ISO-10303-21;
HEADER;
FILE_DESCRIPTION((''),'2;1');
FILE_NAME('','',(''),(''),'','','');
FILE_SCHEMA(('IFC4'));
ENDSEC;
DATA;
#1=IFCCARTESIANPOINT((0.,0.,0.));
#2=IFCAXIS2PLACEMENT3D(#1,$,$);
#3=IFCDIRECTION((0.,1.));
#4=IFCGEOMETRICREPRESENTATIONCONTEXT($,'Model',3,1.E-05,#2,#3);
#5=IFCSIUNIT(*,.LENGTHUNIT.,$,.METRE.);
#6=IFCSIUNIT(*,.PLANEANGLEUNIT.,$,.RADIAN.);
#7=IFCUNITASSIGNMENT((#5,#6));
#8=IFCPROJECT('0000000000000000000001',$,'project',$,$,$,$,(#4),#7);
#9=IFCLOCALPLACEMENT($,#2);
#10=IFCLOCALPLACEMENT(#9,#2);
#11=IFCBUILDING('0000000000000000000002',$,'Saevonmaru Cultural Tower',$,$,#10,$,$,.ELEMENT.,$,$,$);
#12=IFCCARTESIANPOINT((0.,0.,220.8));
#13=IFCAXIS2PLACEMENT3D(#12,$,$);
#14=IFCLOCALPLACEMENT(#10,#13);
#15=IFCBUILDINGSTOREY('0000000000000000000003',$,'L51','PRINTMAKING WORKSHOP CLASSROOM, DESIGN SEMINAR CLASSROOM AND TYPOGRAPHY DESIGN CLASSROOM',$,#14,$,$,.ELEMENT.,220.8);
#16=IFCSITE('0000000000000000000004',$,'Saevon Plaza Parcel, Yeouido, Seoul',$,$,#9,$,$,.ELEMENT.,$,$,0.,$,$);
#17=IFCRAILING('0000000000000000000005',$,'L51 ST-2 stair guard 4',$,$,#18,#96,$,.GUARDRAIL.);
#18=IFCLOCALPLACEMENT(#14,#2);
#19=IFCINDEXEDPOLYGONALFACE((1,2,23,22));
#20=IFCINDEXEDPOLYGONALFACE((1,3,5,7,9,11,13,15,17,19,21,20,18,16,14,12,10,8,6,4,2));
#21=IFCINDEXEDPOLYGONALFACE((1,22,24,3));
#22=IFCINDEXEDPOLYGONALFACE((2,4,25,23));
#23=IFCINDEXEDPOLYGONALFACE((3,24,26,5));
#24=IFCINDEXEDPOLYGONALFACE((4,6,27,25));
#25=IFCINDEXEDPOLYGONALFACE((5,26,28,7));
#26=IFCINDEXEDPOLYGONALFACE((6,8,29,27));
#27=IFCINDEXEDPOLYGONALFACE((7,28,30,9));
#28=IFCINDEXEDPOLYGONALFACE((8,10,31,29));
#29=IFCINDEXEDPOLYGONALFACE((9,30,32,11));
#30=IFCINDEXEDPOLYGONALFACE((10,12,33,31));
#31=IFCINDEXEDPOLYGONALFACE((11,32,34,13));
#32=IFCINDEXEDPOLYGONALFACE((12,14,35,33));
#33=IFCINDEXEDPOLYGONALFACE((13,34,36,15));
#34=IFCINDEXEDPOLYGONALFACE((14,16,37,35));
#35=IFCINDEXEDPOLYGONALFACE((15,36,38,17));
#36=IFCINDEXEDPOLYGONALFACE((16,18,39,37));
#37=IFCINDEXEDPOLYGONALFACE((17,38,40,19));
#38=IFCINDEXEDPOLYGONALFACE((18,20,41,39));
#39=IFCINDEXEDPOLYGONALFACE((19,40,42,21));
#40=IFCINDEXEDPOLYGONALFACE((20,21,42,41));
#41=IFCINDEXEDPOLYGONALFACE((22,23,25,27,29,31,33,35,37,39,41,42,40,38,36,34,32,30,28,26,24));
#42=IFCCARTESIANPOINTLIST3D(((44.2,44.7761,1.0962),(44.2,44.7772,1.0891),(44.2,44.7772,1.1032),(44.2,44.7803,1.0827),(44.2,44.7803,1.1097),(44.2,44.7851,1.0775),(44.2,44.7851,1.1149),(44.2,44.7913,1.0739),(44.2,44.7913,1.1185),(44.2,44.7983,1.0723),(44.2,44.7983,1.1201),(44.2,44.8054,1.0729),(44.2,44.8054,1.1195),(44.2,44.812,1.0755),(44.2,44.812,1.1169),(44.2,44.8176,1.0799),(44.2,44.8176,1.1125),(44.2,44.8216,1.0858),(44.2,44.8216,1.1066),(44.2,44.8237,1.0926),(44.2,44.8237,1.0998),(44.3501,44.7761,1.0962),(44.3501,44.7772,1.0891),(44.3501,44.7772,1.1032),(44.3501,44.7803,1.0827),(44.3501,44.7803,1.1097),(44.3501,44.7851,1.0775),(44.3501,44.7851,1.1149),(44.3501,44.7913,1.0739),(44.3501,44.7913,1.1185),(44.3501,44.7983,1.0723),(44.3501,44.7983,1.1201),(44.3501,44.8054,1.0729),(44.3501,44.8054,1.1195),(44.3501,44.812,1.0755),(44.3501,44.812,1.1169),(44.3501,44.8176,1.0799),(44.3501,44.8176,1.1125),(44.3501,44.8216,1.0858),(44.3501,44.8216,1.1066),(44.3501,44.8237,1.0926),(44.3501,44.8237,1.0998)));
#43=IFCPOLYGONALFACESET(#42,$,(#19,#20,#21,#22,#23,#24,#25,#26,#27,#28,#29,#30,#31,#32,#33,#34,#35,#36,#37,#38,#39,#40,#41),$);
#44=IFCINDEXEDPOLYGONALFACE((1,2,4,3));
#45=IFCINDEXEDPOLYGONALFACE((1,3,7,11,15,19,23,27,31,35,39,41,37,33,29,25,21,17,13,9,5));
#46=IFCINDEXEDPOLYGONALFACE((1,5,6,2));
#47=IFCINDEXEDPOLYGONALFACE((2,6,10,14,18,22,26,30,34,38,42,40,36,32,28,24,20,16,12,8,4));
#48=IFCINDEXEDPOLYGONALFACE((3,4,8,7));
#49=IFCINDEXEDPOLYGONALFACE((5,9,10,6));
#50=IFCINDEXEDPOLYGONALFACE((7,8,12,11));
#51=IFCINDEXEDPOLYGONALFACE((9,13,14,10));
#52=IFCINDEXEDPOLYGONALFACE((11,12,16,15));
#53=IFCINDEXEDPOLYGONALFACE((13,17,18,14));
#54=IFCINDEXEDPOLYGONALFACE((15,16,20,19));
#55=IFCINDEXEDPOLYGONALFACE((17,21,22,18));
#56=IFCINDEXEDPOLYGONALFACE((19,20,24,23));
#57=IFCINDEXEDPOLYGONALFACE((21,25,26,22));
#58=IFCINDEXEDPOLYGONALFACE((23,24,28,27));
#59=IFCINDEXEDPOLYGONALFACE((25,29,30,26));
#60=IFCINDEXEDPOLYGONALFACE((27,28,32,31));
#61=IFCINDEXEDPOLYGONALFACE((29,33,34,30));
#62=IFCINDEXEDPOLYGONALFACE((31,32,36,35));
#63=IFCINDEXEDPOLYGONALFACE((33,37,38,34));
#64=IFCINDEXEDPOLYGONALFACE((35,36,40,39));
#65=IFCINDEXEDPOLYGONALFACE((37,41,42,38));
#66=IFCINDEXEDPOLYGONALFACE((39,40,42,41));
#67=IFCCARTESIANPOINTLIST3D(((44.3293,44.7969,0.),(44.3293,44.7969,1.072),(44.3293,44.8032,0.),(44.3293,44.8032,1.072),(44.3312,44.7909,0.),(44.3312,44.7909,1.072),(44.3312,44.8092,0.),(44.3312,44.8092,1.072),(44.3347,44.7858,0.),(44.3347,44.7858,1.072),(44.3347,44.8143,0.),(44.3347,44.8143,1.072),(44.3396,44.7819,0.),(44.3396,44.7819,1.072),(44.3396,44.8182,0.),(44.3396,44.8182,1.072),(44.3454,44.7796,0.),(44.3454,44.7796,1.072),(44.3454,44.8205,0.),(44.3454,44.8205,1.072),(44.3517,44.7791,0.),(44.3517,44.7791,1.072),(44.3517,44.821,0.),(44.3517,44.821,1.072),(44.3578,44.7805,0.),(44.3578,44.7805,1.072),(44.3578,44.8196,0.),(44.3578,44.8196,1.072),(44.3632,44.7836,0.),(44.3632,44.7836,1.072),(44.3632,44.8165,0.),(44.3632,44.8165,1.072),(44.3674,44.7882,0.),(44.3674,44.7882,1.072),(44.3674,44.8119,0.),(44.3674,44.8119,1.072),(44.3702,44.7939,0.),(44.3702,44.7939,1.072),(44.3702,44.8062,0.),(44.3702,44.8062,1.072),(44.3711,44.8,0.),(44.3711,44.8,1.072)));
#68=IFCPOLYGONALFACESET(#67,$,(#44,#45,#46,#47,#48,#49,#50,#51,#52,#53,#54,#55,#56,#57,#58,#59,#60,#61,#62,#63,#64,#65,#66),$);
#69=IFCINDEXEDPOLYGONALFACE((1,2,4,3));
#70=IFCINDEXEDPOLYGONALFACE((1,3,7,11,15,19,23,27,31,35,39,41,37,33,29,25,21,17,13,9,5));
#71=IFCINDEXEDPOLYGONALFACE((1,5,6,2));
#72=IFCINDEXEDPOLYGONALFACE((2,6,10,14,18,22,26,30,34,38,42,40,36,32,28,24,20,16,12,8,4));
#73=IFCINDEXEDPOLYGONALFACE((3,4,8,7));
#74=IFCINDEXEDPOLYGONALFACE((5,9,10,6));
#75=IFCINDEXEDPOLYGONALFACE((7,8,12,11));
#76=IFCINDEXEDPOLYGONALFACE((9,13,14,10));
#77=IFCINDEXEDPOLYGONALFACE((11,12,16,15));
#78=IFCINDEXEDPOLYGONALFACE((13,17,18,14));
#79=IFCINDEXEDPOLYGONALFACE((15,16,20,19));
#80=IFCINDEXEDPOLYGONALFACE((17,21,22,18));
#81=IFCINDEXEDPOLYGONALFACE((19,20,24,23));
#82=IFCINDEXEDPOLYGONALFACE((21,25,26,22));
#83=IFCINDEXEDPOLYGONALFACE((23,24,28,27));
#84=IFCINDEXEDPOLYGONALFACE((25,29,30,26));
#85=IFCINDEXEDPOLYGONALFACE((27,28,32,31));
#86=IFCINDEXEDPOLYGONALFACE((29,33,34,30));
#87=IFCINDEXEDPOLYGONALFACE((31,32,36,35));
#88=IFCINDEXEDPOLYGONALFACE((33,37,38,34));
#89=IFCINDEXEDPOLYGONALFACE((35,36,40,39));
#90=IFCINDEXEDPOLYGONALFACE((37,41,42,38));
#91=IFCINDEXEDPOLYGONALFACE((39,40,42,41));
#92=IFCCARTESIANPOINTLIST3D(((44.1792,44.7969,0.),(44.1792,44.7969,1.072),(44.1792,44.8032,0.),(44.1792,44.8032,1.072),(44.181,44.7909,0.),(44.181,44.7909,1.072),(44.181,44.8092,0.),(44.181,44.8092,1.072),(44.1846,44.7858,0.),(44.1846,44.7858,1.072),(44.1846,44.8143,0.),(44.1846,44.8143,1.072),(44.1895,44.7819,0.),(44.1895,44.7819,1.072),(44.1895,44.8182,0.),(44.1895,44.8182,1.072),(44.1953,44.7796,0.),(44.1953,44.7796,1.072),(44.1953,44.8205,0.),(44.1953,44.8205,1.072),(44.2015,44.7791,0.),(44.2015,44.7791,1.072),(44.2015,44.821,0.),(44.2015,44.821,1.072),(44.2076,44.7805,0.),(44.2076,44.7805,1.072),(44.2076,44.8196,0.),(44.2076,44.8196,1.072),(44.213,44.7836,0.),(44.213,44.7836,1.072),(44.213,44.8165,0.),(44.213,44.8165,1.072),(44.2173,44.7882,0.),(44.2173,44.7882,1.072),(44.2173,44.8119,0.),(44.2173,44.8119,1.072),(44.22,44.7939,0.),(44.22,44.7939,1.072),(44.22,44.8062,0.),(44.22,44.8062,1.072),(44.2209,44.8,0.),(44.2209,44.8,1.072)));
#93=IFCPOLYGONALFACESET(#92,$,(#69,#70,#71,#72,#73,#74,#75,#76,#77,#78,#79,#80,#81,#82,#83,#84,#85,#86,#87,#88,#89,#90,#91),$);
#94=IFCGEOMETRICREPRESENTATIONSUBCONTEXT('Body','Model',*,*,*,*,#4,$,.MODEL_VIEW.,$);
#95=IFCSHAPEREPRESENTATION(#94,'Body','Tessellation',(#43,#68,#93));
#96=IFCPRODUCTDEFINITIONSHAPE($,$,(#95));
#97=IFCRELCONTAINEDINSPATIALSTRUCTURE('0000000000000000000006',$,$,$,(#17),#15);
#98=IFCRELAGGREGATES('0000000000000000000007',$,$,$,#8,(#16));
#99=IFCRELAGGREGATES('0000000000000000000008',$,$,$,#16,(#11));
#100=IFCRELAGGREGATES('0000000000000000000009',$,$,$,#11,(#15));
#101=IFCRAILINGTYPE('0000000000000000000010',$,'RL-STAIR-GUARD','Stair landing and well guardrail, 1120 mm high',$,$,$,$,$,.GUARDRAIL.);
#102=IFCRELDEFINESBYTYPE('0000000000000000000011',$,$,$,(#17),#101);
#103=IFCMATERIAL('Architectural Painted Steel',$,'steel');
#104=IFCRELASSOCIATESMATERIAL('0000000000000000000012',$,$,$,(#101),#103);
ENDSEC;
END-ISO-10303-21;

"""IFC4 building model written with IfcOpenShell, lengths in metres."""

from ifc_helpers import new_model, si_unit, direction, frame, origin, origin_2d, place, context, subcontext, project, spatial, circle, extrude, material, type_object, element, save


model = new_model("IFC4")

# Units and contexts
model_context = context("Model", 3, precision=1e-05, world=origin(), true_north=direction((0.0, 1.0)))
body_context = subcontext(model_context, "Body", "Model", "MODEL_VIEW")
ifc_project = project(units=[si_unit("LENGTHUNIT", "METRE"), si_unit("PLANEANGLEUNIT", "RADIAN")], contexts=[model_context])

# Site, building, storey
site_placement = place(None, origin())
site = spatial("IfcSite", under=ifc_project, at=site_placement, Name="Saevon Plaza Parcel, Yeouido, Seoul", CompositionType="ELEMENT", RefElevation=0.0)
building_placement = place(site_placement, origin())
building = spatial("IfcBuilding", under=site, at=building_placement, Name="Saevonmaru Cultural Tower", CompositionType="ELEMENT")
storey_placement = place(building_placement, frame((0.0, 0.0, 220.8)))
storey = spatial("IfcBuildingStorey", under=building, at=storey_placement, Name="L51", Description="PRINTMAKING WORKSHOP CLASSROOM, DESIGN SEMINAR CLASSROOM AND TYPOGRAPHY DESIGN CLASSROOM", CompositionType="ELEMENT", Elevation=220.8)

# Railing
ifc_material_1 = material(Name="Architectural Painted Steel", Category="steel")
railing_type_1 = type_object("IfcRailingType", Name="RL-STAIR-GUARD", Description="Stair landing and well guardrail, 1120 mm high", PredefinedType="GUARDRAIL", material=ifc_material_1)
railing_1_placement = place(storey_placement, frame((44.3501, 44.8, 0.0)))
element("IfcRailing", 1, at=railing_1_placement, inside=storey, type_object=railing_type_1, Name="L51 ST-2 stair guard 4", PredefinedType="GUARDRAIL", context=body_context, shape_type="SweptSolid", body=[
    extrude(circle(Radius=0.0239, at=origin_2d()), frame((0.0, 0.0, 1.0962), z_axis=(-1.0, 0.0, 0.0), x_axis=(0.0, -1.0, 0.0)), (0.0, 0.0, 1.0), 0.1501),
    extrude(circle(Radius=0.021, at=origin_2d()), origin(), (0.0, 0.0, 1.0), 1.072),
    extrude(circle(Radius=0.021, at=origin_2d()), frame((-0.1501, 0.0, 0.0)), (0.0, 0.0, 1.0), 1.072),
])

save(model, "model.ifc")
